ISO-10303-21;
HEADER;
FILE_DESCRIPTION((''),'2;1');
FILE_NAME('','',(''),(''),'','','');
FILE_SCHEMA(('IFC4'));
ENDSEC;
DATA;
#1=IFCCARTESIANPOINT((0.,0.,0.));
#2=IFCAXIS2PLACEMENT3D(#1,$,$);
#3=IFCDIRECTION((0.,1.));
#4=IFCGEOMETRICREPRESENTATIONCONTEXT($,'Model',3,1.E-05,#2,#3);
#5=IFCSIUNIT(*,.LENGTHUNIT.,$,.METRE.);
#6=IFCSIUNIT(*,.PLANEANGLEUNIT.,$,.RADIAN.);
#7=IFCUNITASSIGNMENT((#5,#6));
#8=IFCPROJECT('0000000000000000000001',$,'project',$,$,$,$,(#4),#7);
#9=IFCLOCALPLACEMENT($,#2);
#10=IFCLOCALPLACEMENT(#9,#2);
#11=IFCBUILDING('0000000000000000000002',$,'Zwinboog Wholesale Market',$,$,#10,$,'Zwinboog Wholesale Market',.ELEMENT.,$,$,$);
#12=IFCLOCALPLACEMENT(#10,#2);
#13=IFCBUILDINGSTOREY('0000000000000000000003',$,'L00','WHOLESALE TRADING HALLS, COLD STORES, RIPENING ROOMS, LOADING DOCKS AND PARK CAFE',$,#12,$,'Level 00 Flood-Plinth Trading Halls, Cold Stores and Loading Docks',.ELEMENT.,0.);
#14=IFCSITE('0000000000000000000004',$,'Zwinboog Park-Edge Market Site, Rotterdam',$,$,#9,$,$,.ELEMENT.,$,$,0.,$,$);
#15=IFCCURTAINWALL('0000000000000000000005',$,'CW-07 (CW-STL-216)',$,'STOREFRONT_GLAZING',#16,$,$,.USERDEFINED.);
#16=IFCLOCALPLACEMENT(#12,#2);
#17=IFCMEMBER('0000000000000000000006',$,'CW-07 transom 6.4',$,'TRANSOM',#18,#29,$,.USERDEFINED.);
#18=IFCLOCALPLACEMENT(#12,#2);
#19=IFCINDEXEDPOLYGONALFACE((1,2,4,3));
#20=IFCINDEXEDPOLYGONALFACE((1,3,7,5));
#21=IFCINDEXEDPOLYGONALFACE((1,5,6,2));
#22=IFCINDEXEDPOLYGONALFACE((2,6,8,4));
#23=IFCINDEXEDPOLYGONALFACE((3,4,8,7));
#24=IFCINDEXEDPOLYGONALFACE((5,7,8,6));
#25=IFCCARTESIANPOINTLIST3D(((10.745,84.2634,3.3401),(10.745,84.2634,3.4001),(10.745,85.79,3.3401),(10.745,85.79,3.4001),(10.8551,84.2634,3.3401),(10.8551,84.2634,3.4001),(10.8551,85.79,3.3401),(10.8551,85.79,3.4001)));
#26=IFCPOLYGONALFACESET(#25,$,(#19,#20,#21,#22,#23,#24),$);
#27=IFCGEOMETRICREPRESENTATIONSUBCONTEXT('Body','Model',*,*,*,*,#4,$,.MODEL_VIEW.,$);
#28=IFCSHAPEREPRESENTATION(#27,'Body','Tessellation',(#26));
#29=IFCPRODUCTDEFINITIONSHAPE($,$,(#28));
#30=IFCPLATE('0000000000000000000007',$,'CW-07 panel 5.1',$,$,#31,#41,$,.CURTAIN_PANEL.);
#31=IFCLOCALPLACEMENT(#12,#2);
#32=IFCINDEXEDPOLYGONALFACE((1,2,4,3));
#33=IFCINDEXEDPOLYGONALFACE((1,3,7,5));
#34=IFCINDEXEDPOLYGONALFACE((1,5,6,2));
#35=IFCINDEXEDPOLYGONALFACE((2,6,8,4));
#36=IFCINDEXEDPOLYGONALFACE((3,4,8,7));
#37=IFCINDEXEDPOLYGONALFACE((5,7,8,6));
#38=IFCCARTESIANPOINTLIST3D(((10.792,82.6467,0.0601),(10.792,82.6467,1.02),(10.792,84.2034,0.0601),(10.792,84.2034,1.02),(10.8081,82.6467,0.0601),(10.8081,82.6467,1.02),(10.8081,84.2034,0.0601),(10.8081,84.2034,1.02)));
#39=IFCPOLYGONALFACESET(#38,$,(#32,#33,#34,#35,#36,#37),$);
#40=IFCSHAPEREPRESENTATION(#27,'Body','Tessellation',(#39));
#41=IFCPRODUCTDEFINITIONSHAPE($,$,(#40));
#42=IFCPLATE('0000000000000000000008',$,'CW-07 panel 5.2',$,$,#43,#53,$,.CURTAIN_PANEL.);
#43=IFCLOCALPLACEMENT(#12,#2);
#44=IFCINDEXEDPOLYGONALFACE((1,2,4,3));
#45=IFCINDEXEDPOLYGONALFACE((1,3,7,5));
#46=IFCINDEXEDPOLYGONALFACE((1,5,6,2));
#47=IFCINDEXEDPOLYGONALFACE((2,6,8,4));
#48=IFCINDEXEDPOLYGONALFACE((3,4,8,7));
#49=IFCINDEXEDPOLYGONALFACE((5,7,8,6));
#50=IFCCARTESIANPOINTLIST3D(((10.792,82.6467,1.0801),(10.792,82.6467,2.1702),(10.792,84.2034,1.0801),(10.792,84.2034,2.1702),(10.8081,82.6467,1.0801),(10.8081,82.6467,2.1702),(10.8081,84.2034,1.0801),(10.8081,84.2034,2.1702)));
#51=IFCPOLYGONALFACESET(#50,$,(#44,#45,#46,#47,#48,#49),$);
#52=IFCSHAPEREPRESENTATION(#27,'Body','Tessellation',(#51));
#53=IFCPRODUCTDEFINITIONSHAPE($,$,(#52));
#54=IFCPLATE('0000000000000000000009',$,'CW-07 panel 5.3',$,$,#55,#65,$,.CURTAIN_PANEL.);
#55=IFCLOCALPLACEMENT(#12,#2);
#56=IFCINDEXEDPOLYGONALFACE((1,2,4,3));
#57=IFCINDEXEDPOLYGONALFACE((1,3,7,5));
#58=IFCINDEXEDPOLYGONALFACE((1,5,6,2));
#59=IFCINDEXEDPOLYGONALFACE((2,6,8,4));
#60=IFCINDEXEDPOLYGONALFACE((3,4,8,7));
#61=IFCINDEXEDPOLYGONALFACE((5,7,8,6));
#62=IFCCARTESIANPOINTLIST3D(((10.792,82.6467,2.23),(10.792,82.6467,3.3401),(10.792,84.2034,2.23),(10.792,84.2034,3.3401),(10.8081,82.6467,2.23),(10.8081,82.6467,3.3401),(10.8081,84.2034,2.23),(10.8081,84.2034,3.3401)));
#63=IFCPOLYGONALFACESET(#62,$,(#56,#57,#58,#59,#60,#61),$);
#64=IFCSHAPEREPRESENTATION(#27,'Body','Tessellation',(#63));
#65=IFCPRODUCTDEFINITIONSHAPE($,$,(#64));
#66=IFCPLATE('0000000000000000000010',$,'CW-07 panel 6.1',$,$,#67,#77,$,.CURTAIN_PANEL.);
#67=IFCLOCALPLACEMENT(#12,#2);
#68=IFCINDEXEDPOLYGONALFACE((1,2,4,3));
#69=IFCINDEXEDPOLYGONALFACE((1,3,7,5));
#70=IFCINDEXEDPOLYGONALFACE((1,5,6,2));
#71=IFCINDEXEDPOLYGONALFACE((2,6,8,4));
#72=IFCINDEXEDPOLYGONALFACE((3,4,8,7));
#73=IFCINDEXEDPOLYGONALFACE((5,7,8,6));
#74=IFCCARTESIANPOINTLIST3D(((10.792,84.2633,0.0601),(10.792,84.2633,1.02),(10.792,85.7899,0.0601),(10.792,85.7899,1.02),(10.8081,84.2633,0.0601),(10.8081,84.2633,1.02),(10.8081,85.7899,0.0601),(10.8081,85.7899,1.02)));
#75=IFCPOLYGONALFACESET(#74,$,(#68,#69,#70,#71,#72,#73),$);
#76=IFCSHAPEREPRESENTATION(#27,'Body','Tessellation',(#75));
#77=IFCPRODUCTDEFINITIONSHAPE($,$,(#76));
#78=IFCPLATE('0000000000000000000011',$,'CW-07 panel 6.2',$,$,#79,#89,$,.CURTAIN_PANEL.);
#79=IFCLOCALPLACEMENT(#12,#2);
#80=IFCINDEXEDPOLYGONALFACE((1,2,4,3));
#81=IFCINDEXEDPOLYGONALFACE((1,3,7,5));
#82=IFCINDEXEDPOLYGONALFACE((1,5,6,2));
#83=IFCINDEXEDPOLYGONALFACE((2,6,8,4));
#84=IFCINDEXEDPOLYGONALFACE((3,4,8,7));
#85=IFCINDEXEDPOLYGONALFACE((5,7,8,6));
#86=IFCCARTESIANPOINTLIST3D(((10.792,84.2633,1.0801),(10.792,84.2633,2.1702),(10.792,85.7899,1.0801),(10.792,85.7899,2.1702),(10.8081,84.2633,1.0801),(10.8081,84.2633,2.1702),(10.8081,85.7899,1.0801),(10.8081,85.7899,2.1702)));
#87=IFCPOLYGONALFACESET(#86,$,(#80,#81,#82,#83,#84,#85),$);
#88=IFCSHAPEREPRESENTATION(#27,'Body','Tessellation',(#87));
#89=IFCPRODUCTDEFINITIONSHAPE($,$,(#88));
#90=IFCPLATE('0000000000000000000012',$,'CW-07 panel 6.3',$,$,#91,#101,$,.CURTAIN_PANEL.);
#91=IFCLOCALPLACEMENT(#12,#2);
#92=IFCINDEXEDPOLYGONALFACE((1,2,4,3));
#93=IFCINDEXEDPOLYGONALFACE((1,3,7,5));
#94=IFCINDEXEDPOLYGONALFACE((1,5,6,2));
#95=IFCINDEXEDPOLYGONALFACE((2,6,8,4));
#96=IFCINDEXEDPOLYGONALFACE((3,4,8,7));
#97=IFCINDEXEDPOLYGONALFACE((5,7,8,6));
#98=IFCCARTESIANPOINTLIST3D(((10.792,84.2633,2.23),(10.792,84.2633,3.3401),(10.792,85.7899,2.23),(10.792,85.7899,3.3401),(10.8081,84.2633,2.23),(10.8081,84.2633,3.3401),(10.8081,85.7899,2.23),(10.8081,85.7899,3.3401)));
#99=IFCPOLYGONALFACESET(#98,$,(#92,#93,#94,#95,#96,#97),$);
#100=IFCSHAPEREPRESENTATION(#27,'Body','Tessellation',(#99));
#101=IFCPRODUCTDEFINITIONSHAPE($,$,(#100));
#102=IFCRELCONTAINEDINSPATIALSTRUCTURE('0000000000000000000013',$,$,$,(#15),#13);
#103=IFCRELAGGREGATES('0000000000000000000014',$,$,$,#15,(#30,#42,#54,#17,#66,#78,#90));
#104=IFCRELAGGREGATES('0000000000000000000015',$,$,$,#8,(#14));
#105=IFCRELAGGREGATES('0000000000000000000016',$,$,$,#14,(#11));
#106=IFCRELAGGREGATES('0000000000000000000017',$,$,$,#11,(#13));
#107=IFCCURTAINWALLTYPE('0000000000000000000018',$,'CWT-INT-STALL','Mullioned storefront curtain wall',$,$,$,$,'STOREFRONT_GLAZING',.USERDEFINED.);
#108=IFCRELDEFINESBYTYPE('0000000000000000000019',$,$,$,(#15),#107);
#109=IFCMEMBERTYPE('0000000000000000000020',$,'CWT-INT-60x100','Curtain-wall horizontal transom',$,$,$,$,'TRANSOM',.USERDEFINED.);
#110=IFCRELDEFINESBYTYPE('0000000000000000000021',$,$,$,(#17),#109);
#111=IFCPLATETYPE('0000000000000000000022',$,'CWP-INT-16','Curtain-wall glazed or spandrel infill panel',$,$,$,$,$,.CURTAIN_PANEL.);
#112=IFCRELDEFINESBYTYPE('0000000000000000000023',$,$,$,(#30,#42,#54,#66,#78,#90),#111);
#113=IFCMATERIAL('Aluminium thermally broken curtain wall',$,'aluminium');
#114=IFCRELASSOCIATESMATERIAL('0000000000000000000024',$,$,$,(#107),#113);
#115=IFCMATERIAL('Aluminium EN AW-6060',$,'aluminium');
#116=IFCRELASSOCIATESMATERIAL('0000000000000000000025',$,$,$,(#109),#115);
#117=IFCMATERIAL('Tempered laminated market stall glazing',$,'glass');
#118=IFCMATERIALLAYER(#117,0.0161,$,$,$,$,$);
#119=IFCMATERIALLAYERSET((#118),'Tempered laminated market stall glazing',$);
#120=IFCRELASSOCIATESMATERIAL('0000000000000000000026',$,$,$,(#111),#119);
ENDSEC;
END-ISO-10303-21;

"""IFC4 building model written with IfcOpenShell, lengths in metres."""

from ifc_helpers import new_model, si_unit, direction, frame, origin, origin_2d, place, context, subcontext, project, spatial, rectangle, extrude, material, layer, layer_set, material_profile, profile_set, type_object, element, aggregate, save


model = new_model("IFC4")

# Units and contexts
model_context = context("Model", 3, precision=1e-05, world=origin(), true_north=direction((0.0, 1.0)))
body_context = subcontext(model_context, "Body", "Model", "MODEL_VIEW")
ifc_project = project(units=[si_unit("LENGTHUNIT", "METRE"), si_unit("PLANEANGLEUNIT", "RADIAN")], contexts=[model_context])

# Site, building, storey
site_placement = place(None, origin())
site = spatial("IfcSite", under=ifc_project, at=site_placement, Name="Zwinboog Park-Edge Market Site, Rotterdam", CompositionType="ELEMENT", RefElevation=0.0)
building_placement = place(site_placement, origin())
building = spatial("IfcBuilding", under=site, at=building_placement, Name="Zwinboog Wholesale Market", LongName="Zwinboog Wholesale Market", CompositionType="ELEMENT")
storey_placement = place(building_placement, origin())
storey = spatial("IfcBuildingStorey", under=building, at=storey_placement, Name="L00", Description="WHOLESALE TRADING HALLS, COLD STORES, RIPENING ROOMS, LOADING DOCKS AND PARK CAFE", LongName="Level 00 Flood-Plinth Trading Halls, Cold Stores and Loading Docks", CompositionType="ELEMENT", Elevation=0.0)

# Curtain wall, member, plates
ifc_material_1 = material(Name="Aluminium thermally broken curtain wall", Category="aluminium")
curtain_wall_type = type_object("IfcCurtainWallType", Name="CWT-INT-STALL", Description="Mullioned storefront curtain wall", ElementType="STOREFRONT_GLAZING", PredefinedType="USERDEFINED", material=ifc_material_1)
curtain_wall_placement = place(storey_placement, origin())
curtain_wall = element("IfcCurtainWall", 1, at=curtain_wall_placement, inside=storey, type_object=curtain_wall_type, Name="CW-07 (CW-STL-216)", ObjectType="STOREFRONT_GLAZING", PredefinedType="USERDEFINED")
ifc_material_2 = material(Name="Aluminium EN AW-6060", Category="aluminium")
ifc_material_profile_1 = material_profile(ifc_material_2, rectangle(XDim=0.1101, YDim=0.0601, at=origin_2d()), Name="AL 60x110")
ifc_profile_set_1 = profile_set([ifc_material_profile_1], Name="Aluminium EN AW-6060")
member_type_1 = type_object("IfcMemberType", Name="CWT-INT-60x100", Description="Curtain-wall horizontal transom", ElementType="TRANSOM", PredefinedType="USERDEFINED", material=ifc_profile_set_1)
member_1_placement = place(storey_placement, frame((10.8, 84.2634, 3.3701), z_axis=(0.0, 1.0, 0.0), x_axis=(-1.0, 0.0, 0.0)))
member_1 = element("IfcMember", 2, at=member_1_placement, type_object=member_type_1, Name="CW-07 transom 6.4", ObjectType="TRANSOM", PredefinedType="USERDEFINED", context=body_context, shape_type="SweptSolid", body=[
    extrude(rectangle(XDim=0.1101, YDim=0.0601, at=origin_2d()), origin(), (0.0, 0.0, 1.0), 1.5266),
])
ifc_material_3 = material(Name="Tempered laminated market stall glazing", Category="glass")
ifc_layer = layer(ifc_material_3, 0.0161)
ifc_layer_set = layer_set([ifc_layer], Name="Tempered laminated market stall glazing")
plate_type = type_object("IfcPlateType", Name="CWP-INT-16", Description="Curtain-wall glazed or spandrel infill panel", PredefinedType="CURTAIN_PANEL", material=ifc_layer_set)
plate_1_placement = place(storey_placement, frame((10.8, 83.425, 0.0601), z_axis=(0.0, 0.0, 1.0), x_axis=(0.0, 1.0, 0.0)))
plate_1 = element("IfcPlate", 3, at=plate_1_placement, type_object=plate_type, Name="CW-07 panel 5.1", PredefinedType="CURTAIN_PANEL", context=body_context, shape_type="SweptSolid", body=[
    extrude(rectangle(XDim=1.5566, YDim=0.0161, at=origin_2d()), origin(), (0.0, 0.0, 1.0), 0.96),
])
plate_2_placement = place(storey_placement, frame((10.8, 83.425, 1.0801), z_axis=(0.0, 0.0, 1.0), x_axis=(0.0, 1.0, 0.0)))
plate_2 = element("IfcPlate", 4, at=plate_2_placement, type_object=plate_type, Name="CW-07 panel 5.2", PredefinedType="CURTAIN_PANEL", context=body_context, shape_type="SweptSolid", body=[
    extrude(rectangle(XDim=1.5566, YDim=0.0161, at=origin_2d()), origin(), (0.0, 0.0, 1.0), 1.0901),
])
plate_3_placement = place(storey_placement, frame((10.8, 83.425, 2.23), z_axis=(0.0, 0.0, 1.0), x_axis=(0.0, 1.0, 0.0)))
plate_3 = element("IfcPlate", 5, at=plate_3_placement, type_object=plate_type, Name="CW-07 panel 5.3", PredefinedType="CURTAIN_PANEL", context=body_context, shape_type="SweptSolid", body=[
    extrude(rectangle(XDim=1.5566, YDim=0.0161, at=origin_2d()), origin(), (0.0, 0.0, 1.0), 1.1101),
])
plate_4_placement = place(storey_placement, frame((10.8, 85.0266, 0.0601), z_axis=(0.0, 0.0, 1.0), x_axis=(0.0, 1.0, 0.0)))
plate_4 = element("IfcPlate", 6, at=plate_4_placement, type_object=plate_type, Name="CW-07 panel 6.1", PredefinedType="CURTAIN_PANEL", context=body_context, shape_type="SweptSolid", body=[
    extrude(rectangle(XDim=1.5266, YDim=0.0161, at=origin_2d()), origin(), (0.0, 0.0, 1.0), 0.96),
])
plate_5_placement = place(storey_placement, frame((10.8, 85.0266, 1.0801), z_axis=(0.0, 0.0, 1.0), x_axis=(0.0, 1.0, 0.0)))
plate_5 = element("IfcPlate", 7, at=plate_5_placement, type_object=plate_type, Name="CW-07 panel 6.2", PredefinedType="CURTAIN_PANEL", context=body_context, shape_type="SweptSolid", body=[
    extrude(rectangle(XDim=1.5266, YDim=0.0161, at=origin_2d()), origin(), (0.0, 0.0, 1.0), 1.0901),
])
plate_6_placement = place(storey_placement, frame((10.8, 85.0266, 2.23), z_axis=(0.0, 0.0, 1.0), x_axis=(0.0, 1.0, 0.0)))
plate_6 = element("IfcPlate", 8, at=plate_6_placement, type_object=plate_type, Name="CW-07 panel 6.3", PredefinedType="CURTAIN_PANEL", context=body_context, shape_type="SweptSolid", body=[
    extrude(rectangle(XDim=1.5266, YDim=0.0161, at=origin_2d()), origin(), (0.0, 0.0, 1.0), 1.1101),
])
aggregate(curtain_wall, [plate_1, plate_2, plate_3, member_1, plate_4, plate_5, plate_6])

save(model, "model.ifc")
